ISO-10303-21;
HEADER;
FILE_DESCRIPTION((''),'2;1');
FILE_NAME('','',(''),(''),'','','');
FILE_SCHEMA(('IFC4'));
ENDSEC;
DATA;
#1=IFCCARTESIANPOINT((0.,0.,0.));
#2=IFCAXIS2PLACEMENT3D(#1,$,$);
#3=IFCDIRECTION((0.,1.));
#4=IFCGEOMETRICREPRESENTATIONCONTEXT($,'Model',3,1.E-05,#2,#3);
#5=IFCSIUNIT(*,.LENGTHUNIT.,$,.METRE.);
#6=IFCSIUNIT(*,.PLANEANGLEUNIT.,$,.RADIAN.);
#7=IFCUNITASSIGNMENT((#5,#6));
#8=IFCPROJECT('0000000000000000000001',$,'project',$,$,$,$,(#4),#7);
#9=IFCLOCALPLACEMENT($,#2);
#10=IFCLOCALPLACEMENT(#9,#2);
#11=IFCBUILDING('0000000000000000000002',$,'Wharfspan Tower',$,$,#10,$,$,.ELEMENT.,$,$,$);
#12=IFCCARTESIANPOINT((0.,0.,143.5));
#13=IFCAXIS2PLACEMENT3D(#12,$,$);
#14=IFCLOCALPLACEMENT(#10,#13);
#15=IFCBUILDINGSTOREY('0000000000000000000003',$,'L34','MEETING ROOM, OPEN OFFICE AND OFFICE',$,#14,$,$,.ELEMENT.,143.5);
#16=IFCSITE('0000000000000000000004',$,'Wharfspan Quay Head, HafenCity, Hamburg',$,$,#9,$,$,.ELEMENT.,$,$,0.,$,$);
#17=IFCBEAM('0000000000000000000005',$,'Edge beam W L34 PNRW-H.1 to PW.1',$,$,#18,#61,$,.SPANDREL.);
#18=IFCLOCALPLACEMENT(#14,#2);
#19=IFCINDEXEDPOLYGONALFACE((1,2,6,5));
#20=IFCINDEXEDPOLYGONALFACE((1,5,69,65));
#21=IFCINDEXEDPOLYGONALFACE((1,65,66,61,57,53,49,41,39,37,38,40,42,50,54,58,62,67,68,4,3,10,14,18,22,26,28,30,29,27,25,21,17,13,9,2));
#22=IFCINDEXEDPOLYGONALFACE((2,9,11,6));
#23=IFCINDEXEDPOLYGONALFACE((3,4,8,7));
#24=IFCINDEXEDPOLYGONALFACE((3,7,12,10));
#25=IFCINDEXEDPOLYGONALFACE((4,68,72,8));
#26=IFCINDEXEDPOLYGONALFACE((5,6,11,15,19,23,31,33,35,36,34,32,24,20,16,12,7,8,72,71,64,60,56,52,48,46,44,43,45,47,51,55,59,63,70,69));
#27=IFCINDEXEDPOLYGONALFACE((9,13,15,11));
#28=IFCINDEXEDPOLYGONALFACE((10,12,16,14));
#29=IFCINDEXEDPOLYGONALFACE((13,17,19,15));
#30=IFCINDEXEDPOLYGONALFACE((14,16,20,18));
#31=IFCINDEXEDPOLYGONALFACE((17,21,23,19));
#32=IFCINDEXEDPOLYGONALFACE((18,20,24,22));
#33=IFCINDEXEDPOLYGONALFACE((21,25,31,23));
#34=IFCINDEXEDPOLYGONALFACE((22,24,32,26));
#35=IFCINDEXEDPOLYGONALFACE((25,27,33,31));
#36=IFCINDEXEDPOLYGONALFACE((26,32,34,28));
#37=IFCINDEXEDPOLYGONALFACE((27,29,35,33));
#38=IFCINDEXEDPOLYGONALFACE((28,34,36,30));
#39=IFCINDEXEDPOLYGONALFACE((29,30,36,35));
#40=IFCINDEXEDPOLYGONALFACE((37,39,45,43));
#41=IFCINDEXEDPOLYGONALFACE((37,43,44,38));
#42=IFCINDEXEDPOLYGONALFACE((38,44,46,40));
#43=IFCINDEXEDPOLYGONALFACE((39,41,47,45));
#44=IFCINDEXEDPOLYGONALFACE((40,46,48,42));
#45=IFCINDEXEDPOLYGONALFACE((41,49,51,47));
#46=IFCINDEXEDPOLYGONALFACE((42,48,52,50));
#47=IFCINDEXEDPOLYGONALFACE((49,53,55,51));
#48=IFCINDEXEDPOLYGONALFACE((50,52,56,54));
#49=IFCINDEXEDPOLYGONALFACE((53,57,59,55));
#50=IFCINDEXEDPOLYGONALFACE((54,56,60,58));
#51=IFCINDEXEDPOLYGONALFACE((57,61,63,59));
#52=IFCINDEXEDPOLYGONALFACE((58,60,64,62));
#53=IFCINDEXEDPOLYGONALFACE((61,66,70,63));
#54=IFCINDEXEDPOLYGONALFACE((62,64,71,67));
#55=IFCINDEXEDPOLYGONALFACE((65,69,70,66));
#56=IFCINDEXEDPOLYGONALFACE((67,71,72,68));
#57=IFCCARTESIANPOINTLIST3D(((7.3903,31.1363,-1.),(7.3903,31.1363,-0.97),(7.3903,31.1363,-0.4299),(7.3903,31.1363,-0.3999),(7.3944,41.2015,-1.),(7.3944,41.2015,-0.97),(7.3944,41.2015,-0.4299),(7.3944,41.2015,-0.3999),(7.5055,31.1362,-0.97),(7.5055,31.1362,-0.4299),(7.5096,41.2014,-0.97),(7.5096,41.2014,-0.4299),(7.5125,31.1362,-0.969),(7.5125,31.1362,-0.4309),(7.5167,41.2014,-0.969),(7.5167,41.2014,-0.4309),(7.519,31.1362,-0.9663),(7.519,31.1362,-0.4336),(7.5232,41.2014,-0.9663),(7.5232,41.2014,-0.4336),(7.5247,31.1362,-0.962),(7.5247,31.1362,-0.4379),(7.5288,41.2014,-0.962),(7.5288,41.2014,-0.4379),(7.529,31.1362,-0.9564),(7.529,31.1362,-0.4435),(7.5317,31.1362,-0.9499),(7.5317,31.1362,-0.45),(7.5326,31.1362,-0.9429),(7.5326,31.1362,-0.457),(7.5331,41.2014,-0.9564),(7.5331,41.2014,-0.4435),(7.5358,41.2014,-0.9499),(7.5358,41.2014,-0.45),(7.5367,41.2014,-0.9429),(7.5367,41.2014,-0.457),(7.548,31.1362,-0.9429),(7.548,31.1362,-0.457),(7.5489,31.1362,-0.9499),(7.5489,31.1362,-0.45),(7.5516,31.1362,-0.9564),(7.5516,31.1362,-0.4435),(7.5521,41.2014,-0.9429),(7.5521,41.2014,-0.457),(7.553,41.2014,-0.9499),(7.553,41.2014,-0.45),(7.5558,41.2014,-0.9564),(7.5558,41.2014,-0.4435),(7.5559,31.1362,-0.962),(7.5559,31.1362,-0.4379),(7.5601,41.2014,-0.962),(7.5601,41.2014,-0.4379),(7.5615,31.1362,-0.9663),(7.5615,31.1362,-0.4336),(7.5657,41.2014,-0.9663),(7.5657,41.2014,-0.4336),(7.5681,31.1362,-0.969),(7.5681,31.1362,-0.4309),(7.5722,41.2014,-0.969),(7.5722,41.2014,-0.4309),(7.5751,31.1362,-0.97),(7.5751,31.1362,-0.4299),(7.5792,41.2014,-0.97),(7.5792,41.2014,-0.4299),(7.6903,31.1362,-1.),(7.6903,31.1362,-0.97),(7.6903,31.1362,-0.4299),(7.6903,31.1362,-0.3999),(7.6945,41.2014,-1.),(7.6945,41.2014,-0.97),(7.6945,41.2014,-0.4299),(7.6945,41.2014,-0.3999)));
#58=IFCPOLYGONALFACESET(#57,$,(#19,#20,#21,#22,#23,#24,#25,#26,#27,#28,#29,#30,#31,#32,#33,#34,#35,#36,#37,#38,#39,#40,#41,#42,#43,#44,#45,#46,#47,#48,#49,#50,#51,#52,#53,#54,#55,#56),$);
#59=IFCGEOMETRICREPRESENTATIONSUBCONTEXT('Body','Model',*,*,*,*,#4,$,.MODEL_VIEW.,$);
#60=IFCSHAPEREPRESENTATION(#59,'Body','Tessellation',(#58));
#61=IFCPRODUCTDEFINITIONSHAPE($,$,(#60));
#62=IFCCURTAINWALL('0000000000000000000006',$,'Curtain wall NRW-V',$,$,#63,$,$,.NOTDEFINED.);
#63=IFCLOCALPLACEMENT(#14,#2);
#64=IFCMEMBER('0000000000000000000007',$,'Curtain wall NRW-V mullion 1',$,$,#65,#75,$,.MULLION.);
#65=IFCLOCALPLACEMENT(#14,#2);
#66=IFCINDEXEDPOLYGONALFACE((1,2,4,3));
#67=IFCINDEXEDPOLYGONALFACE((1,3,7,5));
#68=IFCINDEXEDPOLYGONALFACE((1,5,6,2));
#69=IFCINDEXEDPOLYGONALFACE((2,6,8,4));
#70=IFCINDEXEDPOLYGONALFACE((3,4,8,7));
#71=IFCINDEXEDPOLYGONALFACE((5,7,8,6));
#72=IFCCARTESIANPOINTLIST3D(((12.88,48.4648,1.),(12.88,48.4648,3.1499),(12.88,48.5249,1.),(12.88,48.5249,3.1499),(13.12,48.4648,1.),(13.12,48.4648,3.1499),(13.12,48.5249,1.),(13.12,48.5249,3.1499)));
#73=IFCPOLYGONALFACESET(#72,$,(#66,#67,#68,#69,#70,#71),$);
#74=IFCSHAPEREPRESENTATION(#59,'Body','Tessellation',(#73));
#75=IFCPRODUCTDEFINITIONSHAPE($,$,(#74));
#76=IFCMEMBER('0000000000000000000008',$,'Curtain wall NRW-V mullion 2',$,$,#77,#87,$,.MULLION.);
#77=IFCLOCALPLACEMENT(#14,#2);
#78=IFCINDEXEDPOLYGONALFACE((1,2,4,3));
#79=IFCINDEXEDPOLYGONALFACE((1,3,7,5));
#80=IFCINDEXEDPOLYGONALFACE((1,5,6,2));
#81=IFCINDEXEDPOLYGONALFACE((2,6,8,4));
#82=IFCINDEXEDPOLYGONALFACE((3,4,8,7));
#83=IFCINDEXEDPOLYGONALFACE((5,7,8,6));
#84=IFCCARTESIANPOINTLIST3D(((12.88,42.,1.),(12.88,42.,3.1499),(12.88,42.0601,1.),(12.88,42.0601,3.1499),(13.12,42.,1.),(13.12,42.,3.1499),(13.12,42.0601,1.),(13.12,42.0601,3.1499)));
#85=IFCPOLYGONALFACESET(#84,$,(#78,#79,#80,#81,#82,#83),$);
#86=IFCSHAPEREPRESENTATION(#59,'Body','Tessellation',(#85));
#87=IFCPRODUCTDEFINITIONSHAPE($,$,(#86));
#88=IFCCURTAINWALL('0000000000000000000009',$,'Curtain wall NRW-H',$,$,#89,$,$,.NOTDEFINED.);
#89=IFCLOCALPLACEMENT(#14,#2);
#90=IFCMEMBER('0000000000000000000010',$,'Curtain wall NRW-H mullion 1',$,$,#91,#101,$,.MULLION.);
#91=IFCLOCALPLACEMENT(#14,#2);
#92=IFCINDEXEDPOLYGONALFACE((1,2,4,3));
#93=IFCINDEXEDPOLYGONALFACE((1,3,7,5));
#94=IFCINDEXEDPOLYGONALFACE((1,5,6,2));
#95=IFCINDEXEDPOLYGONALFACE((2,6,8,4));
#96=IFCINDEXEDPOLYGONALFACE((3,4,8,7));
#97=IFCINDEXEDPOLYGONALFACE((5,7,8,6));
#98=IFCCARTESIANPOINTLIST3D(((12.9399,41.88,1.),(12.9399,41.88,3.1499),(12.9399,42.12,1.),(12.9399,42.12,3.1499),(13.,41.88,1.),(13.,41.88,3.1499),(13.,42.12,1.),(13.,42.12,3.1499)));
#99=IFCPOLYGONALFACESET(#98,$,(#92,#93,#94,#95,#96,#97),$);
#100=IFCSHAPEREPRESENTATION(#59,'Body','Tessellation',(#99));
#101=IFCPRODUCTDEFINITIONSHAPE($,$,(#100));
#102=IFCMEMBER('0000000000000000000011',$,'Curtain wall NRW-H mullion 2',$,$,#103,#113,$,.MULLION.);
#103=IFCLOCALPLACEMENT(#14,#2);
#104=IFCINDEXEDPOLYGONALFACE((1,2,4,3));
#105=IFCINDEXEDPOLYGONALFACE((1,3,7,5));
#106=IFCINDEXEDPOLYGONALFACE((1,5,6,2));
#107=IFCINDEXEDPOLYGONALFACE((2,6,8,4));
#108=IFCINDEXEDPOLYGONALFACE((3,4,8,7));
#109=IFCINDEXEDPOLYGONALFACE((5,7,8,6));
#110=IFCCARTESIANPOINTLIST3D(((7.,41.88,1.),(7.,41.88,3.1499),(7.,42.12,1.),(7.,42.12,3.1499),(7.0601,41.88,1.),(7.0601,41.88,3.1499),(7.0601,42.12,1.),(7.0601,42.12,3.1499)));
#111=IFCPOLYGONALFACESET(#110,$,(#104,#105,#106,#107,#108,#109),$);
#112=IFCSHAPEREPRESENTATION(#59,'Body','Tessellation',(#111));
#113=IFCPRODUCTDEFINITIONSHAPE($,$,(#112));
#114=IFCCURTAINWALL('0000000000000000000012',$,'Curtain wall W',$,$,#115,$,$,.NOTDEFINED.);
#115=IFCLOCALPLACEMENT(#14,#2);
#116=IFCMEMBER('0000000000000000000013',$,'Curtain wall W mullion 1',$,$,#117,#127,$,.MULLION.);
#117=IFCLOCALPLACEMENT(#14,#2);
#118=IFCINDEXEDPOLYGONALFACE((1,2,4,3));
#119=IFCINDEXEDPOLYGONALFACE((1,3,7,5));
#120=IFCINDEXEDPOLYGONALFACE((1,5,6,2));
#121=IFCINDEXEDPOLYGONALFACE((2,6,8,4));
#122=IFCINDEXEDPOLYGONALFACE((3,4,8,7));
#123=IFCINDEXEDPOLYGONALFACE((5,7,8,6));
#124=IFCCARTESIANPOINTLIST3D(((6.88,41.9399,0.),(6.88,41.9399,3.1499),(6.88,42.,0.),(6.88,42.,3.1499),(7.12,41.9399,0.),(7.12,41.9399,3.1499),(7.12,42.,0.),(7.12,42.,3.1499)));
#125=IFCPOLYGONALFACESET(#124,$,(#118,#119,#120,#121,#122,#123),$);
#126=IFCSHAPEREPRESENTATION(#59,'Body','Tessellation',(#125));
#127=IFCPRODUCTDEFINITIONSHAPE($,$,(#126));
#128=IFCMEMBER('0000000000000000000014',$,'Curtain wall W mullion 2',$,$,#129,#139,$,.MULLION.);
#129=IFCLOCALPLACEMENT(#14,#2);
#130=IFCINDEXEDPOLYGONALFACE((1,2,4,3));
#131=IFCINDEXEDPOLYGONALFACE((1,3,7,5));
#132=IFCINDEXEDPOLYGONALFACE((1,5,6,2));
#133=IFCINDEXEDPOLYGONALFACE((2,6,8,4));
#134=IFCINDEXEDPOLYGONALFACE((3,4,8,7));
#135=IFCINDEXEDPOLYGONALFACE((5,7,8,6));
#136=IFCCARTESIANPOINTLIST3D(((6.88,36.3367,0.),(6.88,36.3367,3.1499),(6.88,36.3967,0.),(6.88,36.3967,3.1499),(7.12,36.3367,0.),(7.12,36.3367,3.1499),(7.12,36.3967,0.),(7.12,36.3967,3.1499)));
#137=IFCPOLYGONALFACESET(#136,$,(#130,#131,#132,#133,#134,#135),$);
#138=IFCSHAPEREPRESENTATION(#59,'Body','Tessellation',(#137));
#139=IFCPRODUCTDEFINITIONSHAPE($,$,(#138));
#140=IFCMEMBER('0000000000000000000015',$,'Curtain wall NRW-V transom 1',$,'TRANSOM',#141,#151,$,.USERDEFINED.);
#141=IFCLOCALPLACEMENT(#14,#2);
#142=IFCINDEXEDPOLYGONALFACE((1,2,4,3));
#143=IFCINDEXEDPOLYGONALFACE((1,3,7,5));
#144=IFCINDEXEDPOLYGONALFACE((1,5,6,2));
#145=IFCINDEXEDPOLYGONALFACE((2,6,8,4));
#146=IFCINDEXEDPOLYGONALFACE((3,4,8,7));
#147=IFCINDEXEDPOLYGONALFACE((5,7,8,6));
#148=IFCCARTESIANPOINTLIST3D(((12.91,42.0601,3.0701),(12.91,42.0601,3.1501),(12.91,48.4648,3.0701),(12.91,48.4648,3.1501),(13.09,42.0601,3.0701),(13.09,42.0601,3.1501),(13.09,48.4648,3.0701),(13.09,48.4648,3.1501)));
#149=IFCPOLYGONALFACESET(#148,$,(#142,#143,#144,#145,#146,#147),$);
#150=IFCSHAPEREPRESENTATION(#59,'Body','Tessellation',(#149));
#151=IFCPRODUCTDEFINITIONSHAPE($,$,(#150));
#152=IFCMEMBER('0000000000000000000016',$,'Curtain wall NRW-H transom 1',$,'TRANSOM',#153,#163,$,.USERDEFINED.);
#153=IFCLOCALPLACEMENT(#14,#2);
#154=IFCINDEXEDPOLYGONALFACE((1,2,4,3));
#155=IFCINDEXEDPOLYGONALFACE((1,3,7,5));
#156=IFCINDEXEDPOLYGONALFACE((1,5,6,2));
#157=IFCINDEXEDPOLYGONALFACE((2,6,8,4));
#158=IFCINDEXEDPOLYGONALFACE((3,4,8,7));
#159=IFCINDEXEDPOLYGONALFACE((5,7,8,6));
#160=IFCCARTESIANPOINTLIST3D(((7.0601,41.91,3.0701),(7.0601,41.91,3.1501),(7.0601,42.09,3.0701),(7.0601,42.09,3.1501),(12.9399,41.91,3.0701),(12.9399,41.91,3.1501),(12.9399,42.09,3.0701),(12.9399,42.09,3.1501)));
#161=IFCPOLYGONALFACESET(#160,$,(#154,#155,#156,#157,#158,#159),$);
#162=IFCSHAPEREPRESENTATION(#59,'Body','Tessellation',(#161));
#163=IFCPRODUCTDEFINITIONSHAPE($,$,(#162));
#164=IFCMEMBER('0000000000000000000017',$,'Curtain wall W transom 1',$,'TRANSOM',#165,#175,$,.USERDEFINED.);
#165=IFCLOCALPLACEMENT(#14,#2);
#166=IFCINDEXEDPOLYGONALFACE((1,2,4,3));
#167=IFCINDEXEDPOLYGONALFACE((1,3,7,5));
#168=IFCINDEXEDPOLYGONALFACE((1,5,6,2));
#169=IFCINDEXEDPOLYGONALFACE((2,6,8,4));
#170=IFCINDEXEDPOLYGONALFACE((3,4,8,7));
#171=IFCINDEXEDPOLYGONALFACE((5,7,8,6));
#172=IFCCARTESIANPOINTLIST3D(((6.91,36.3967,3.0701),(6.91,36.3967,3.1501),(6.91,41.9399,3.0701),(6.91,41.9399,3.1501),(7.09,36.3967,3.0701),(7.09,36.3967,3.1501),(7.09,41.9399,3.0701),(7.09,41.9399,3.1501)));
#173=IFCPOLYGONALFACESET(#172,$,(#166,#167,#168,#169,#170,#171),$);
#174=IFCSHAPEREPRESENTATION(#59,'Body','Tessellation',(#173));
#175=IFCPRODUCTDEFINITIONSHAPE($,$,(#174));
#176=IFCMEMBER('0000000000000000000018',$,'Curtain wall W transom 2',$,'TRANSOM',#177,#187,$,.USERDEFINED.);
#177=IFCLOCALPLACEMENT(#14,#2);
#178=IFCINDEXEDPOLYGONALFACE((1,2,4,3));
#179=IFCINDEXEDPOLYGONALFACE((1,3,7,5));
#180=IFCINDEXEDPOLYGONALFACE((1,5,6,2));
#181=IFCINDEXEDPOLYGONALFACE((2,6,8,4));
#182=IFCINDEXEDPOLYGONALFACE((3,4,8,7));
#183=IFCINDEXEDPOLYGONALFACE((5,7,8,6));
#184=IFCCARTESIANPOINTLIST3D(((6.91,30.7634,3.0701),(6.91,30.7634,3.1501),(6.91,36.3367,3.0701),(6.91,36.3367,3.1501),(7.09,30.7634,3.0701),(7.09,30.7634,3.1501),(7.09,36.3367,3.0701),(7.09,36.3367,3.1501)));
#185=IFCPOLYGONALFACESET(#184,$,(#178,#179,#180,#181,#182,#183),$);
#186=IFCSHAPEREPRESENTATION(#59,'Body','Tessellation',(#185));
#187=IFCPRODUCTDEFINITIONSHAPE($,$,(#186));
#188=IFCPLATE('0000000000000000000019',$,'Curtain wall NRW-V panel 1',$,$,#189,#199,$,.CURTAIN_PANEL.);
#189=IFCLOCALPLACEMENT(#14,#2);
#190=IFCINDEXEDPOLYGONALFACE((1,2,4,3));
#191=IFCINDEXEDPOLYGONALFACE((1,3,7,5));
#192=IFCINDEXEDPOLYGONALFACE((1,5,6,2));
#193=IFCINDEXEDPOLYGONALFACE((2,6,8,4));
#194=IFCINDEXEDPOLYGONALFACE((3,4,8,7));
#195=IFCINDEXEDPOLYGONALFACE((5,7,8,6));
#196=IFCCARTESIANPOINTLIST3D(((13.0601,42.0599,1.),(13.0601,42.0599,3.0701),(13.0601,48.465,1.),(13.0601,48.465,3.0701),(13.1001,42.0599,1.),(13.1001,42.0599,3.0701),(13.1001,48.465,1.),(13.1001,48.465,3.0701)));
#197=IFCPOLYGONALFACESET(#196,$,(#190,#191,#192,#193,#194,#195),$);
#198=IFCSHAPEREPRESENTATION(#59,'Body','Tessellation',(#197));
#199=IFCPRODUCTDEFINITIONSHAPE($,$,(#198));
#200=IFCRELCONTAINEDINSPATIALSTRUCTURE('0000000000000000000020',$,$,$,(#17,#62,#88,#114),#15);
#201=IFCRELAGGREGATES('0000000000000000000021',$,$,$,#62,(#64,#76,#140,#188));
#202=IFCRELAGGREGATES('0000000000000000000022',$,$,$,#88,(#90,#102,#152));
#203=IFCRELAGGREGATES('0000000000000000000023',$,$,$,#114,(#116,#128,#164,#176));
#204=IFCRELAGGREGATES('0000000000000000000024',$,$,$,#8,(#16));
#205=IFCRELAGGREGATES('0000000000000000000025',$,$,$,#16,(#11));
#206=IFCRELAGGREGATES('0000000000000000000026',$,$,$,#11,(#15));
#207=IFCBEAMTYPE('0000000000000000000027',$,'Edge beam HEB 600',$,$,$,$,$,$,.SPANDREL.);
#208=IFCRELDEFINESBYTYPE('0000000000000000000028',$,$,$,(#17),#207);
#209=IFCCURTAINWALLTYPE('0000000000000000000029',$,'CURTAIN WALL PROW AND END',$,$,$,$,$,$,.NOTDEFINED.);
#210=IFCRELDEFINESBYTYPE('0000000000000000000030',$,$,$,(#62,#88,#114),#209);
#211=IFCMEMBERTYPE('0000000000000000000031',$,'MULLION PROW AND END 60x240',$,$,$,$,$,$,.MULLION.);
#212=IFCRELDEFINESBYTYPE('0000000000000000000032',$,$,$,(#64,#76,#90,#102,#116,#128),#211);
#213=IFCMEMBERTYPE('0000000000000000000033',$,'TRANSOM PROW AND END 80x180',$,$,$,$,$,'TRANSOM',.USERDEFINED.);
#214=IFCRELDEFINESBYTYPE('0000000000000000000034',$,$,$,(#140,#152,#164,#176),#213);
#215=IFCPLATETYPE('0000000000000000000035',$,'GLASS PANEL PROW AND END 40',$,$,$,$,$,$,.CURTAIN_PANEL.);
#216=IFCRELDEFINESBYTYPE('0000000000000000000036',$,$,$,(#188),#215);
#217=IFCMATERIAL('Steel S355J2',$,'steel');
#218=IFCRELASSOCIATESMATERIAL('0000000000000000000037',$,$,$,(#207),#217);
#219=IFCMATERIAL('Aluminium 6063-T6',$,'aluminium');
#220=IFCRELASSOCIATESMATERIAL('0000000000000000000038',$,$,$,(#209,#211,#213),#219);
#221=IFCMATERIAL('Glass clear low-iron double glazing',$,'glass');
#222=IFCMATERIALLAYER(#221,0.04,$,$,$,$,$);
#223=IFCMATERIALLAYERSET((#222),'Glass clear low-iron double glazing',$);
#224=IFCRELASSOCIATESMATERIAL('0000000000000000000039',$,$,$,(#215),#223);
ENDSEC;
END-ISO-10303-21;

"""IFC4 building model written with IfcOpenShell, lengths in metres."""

from ifc_helpers import new_model, si_unit, direction, frame, origin, origin_2d, place, context, subcontext, project, spatial, rectangle, i_section, extrude, material, layer, layer_set, material_profile, profile_set, type_object, element, aggregate, save


model = new_model("IFC4")

# Units and contexts
model_context = context("Model", 3, precision=1e-05, world=origin(), true_north=direction((0.0, 1.0)))
body_context = subcontext(model_context, "Body", "Model", "MODEL_VIEW")
ifc_project = project(units=[si_unit("LENGTHUNIT", "METRE"), si_unit("PLANEANGLEUNIT", "RADIAN")], contexts=[model_context])

# Site, building, storey
site_placement = place(None, origin())
site = spatial("IfcSite", under=ifc_project, at=site_placement, Name="Wharfspan Quay Head, HafenCity, Hamburg", CompositionType="ELEMENT", RefElevation=0.0)
building_placement = place(site_placement, origin())
building = spatial("IfcBuilding", under=site, at=building_placement, Name="Wharfspan Tower", CompositionType="ELEMENT")
storey_placement = place(building_placement, frame((0.0, 0.0, 143.5)))
storey = spatial("IfcBuildingStorey", under=building, at=storey_placement, Name="L34", Description="MEETING ROOM, OPEN OFFICE AND OFFICE", CompositionType="ELEMENT", Elevation=143.5)

# Shared definitions
ifc_material_1 = material(Name="Steel S355J2", Category="steel")

# Beam
ifc_material_profile_1 = material_profile(ifc_material_1, i_section(OverallWidth=0.3, OverallDepth=0.6001, WebThickness=0.0154, FlangeThickness=0.03, FilletRadius=0.0271, at=origin_2d()))
ifc_profile_set_1 = profile_set([ifc_material_profile_1], Name="Steel S355J2")
beam_type = type_object("IfcBeamType", Name="Edge beam HEB 600", PredefinedType="SPANDREL", material=ifc_profile_set_1)
beam_placement = place(storey_placement, frame((7.5444, 41.2014, -0.7), z_axis=(-0.000412, -1.0, 0.0), x_axis=(1.0, -0.000412, 0.0)))
element("IfcBeam", 1, at=beam_placement, inside=storey, type_object=beam_type, Name="Edge beam W L34 PNRW-H.1 to PW.1", PredefinedType="SPANDREL", context=body_context, shape_type="SweptSolid", body=[
    extrude(i_section(OverallWidth=0.3, OverallDepth=0.6001, WebThickness=0.0154, FlangeThickness=0.03, FilletRadius=0.0271, at=origin_2d()), origin(), (0.0, 0.0, 1.0), 10.0652),
])

# Curtain walls, members
ifc_material_2 = material(Name="Aluminium 6063-T6", Category="aluminium")
curtain_wall_type = type_object("IfcCurtainWallType", Name="CURTAIN WALL PROW AND END", PredefinedType="NOTDEFINED", material=ifc_material_2)
curtain_wall_1_placement = place(storey_placement, origin())
curtain_wall_1 = element("IfcCurtainWall", 2, at=curtain_wall_1_placement, inside=storey, type_object=curtain_wall_type, Name="Curtain wall NRW-V", PredefinedType="NOTDEFINED")
ifc_material_profile_2 = material_profile(ifc_material_2, rectangle(XDim=0.24, YDim=0.0601, at=origin_2d()))
ifc_profile_set_2 = profile_set([ifc_material_profile_2], Name="Aluminium 6063-T6")
member_type_1 = type_object("IfcMemberType", Name="MULLION PROW AND END 60x240", PredefinedType="MULLION", material=ifc_profile_set_2)
member_1_placement = place(storey_placement, frame((13.0, 48.4949, 1.0), z_axis=(0.0, 0.0, 1.0), x_axis=(1.0, 0.0, 0.0)))
member_1 = element("IfcMember", 3, at=member_1_placement, type_object=member_type_1, Name="Curtain wall NRW-V mullion 1", PredefinedType="MULLION", context=body_context, shape_type="SweptSolid", body=[
    extrude(rectangle(XDim=0.24, YDim=0.0601, at=origin_2d()), origin(), (0.0, 0.0, 1.0), 2.1499),
])
member_2_placement = place(storey_placement, frame((13.0, 42.03, 1.0), z_axis=(0.0, 0.0, 1.0), x_axis=(1.0, 0.0, 0.0)))
member_2 = element("IfcMember", 4, at=member_2_placement, type_object=member_type_1, Name="Curtain wall NRW-V mullion 2", PredefinedType="MULLION", context=body_context, shape_type="SweptSolid", body=[
    extrude(rectangle(XDim=0.24, YDim=0.0601, at=origin_2d()), origin(), (0.0, 0.0, 1.0), 2.1499),
])
curtain_wall_2_placement = place(storey_placement, origin())
curtain_wall_2 = element("IfcCurtainWall", 5, at=curtain_wall_2_placement, inside=storey, type_object=curtain_wall_type, Name="Curtain wall NRW-H", PredefinedType="NOTDEFINED")
member_3_placement = place(storey_placement, frame((12.97, 42.0, 1.0), z_axis=(0.0, 0.0, 1.0), x_axis=(0.0, -1.0, 0.0)))
member_3 = element("IfcMember", 6, at=member_3_placement, type_object=member_type_1, Name="Curtain wall NRW-H mullion 1", PredefinedType="MULLION", context=body_context, shape_type="SweptSolid", body=[
    extrude(rectangle(XDim=0.24, YDim=0.0601, at=origin_2d()), origin(), (0.0, 0.0, 1.0), 2.1499),
])
member_4_placement = place(storey_placement, frame((7.03, 42.0, 1.0), z_axis=(0.0, 0.0, 1.0), x_axis=(0.0, -1.0, 0.0)))
member_4 = element("IfcMember", 7, at=member_4_placement, type_object=member_type_1, Name="Curtain wall NRW-H mullion 2", PredefinedType="MULLION", context=body_context, shape_type="SweptSolid", body=[
    extrude(rectangle(XDim=0.24, YDim=0.0601, at=origin_2d()), origin(), (0.0, 0.0, 1.0), 2.1499),
])
curtain_wall_3_placement = place(storey_placement, origin())
curtain_wall_3 = element("IfcCurtainWall", 8, at=curtain_wall_3_placement, inside=storey, type_object=curtain_wall_type, Name="Curtain wall W", PredefinedType="NOTDEFINED")
member_5_placement = place(storey_placement, frame((7.0, 41.97, 0.0), z_axis=(0.0, 0.0, 1.0), x_axis=(1.0, 0.0, 0.0)))
member_5 = element("IfcMember", 9, at=member_5_placement, type_object=member_type_1, Name="Curtain wall W mullion 1", PredefinedType="MULLION", context=body_context, shape_type="SweptSolid", body=[
    extrude(rectangle(XDim=0.24, YDim=0.0601, at=origin_2d()), origin(), (0.0, 0.0, 1.0), 3.1499),
])
member_6_placement = place(storey_placement, frame((7.0, 36.3667, 0.0), z_axis=(0.0, 0.0, 1.0), x_axis=(1.0, 0.0, 0.0)))
member_6 = element("IfcMember", 10, at=member_6_placement, type_object=member_type_1, Name="Curtain wall W mullion 2", PredefinedType="MULLION", context=body_context, shape_type="SweptSolid", body=[
    extrude(rectangle(XDim=0.24, YDim=0.0601, at=origin_2d()), origin(), (0.0, 0.0, 1.0), 3.1499),
])

# Members
ifc_material_profile_3 = material_profile(ifc_material_2, rectangle(XDim=0.1799, YDim=0.0801, at=origin_2d()))
ifc_profile_set_3 = profile_set([ifc_material_profile_3], Name="Aluminium 6063-T6")
member_type_2 = type_object("IfcMemberType", Name="TRANSOM PROW AND END 80x180", ElementType="TRANSOM", PredefinedType="USERDEFINED", material=ifc_profile_set_3)
member_7_placement = place(storey_placement, frame((13.0, 48.4648, 3.1101), z_axis=(0.0, -1.0, 0.0), x_axis=(1.0, 0.0, 0.0)))
member_7 = element("IfcMember", 11, at=member_7_placement, type_object=member_type_2, Name="Curtain wall NRW-V transom 1", ObjectType="TRANSOM", PredefinedType="USERDEFINED", context=body_context, shape_type="SweptSolid", body=[
    extrude(rectangle(XDim=0.1799, YDim=0.0801, at=origin_2d()), origin(), (0.0, 0.0, 1.0), 6.4048),
])
member_8_placement = place(storey_placement, frame((12.9399, 42.0, 3.1101), z_axis=(-1.0, 0.0, 0.0), x_axis=(0.0, -1.0, 0.0)))
member_8 = element("IfcMember", 12, at=member_8_placement, type_object=member_type_2, Name="Curtain wall NRW-H transom 1", ObjectType="TRANSOM", PredefinedType="USERDEFINED", context=body_context, shape_type="SweptSolid", body=[
    extrude(rectangle(XDim=0.1799, YDim=0.0801, at=origin_2d()), origin(), (0.0, 0.0, 1.0), 5.8799),
])
member_9_placement = place(storey_placement, frame((7.0, 41.9399, 3.1101), z_axis=(0.0, -1.0, 0.0), x_axis=(1.0, 0.0, 0.0)))
member_9 = element("IfcMember", 13, at=member_9_placement, type_object=member_type_2, Name="Curtain wall W transom 1", ObjectType="TRANSOM", PredefinedType="USERDEFINED", context=body_context, shape_type="SweptSolid", body=[
    extrude(rectangle(XDim=0.1799, YDim=0.0801, at=origin_2d()), origin(), (0.0, 0.0, 1.0), 5.5432),
])
member_10_placement = place(storey_placement, frame((7.0, 36.3367, 3.1101), z_axis=(0.0, -1.0, 0.0), x_axis=(1.0, 0.0, 0.0)))
member_10 = element("IfcMember", 14, at=member_10_placement, type_object=member_type_2, Name="Curtain wall W transom 2", ObjectType="TRANSOM", PredefinedType="USERDEFINED", context=body_context, shape_type="SweptSolid", body=[
    extrude(rectangle(XDim=0.1799, YDim=0.0801, at=origin_2d()), origin(), (0.0, 0.0, 1.0), 5.5732),
])

# Plate
ifc_material_3 = material(Name="Glass clear low-iron double glazing", Category="glass")
ifc_layer_1 = layer(ifc_material_3, 0.04)
ifc_layer_set_1 = layer_set([ifc_layer_1], Name="Glass clear low-iron double glazing")
plate_type_1 = type_object("IfcPlateType", Name="GLASS PANEL PROW AND END 40", PredefinedType="CURTAIN_PANEL", material=ifc_layer_set_1)
plate_1_placement = place(storey_placement, frame((13.0801, 45.2625, 1.0), z_axis=(0.0, 0.0, 1.0), x_axis=(0.0, -1.0, 0.0)))
plate_1 = element("IfcPlate", 15, at=plate_1_placement, type_object=plate_type_1, Name="Curtain wall NRW-V panel 1", PredefinedType="CURTAIN_PANEL", context=body_context, shape_type="SweptSolid", body=[
    extrude(rectangle(XDim=6.405, YDim=0.04, at=origin_2d()), origin(), (0.0, 0.0, 1.0), 2.0701),
])
aggregate(curtain_wall_1, [member_1, member_2, member_7, plate_1])
aggregate(curtain_wall_2, [member_3, member_4, member_8])
aggregate(curtain_wall_3, [member_5, member_6, member_9, member_10])

save(model, "model.ifc")
